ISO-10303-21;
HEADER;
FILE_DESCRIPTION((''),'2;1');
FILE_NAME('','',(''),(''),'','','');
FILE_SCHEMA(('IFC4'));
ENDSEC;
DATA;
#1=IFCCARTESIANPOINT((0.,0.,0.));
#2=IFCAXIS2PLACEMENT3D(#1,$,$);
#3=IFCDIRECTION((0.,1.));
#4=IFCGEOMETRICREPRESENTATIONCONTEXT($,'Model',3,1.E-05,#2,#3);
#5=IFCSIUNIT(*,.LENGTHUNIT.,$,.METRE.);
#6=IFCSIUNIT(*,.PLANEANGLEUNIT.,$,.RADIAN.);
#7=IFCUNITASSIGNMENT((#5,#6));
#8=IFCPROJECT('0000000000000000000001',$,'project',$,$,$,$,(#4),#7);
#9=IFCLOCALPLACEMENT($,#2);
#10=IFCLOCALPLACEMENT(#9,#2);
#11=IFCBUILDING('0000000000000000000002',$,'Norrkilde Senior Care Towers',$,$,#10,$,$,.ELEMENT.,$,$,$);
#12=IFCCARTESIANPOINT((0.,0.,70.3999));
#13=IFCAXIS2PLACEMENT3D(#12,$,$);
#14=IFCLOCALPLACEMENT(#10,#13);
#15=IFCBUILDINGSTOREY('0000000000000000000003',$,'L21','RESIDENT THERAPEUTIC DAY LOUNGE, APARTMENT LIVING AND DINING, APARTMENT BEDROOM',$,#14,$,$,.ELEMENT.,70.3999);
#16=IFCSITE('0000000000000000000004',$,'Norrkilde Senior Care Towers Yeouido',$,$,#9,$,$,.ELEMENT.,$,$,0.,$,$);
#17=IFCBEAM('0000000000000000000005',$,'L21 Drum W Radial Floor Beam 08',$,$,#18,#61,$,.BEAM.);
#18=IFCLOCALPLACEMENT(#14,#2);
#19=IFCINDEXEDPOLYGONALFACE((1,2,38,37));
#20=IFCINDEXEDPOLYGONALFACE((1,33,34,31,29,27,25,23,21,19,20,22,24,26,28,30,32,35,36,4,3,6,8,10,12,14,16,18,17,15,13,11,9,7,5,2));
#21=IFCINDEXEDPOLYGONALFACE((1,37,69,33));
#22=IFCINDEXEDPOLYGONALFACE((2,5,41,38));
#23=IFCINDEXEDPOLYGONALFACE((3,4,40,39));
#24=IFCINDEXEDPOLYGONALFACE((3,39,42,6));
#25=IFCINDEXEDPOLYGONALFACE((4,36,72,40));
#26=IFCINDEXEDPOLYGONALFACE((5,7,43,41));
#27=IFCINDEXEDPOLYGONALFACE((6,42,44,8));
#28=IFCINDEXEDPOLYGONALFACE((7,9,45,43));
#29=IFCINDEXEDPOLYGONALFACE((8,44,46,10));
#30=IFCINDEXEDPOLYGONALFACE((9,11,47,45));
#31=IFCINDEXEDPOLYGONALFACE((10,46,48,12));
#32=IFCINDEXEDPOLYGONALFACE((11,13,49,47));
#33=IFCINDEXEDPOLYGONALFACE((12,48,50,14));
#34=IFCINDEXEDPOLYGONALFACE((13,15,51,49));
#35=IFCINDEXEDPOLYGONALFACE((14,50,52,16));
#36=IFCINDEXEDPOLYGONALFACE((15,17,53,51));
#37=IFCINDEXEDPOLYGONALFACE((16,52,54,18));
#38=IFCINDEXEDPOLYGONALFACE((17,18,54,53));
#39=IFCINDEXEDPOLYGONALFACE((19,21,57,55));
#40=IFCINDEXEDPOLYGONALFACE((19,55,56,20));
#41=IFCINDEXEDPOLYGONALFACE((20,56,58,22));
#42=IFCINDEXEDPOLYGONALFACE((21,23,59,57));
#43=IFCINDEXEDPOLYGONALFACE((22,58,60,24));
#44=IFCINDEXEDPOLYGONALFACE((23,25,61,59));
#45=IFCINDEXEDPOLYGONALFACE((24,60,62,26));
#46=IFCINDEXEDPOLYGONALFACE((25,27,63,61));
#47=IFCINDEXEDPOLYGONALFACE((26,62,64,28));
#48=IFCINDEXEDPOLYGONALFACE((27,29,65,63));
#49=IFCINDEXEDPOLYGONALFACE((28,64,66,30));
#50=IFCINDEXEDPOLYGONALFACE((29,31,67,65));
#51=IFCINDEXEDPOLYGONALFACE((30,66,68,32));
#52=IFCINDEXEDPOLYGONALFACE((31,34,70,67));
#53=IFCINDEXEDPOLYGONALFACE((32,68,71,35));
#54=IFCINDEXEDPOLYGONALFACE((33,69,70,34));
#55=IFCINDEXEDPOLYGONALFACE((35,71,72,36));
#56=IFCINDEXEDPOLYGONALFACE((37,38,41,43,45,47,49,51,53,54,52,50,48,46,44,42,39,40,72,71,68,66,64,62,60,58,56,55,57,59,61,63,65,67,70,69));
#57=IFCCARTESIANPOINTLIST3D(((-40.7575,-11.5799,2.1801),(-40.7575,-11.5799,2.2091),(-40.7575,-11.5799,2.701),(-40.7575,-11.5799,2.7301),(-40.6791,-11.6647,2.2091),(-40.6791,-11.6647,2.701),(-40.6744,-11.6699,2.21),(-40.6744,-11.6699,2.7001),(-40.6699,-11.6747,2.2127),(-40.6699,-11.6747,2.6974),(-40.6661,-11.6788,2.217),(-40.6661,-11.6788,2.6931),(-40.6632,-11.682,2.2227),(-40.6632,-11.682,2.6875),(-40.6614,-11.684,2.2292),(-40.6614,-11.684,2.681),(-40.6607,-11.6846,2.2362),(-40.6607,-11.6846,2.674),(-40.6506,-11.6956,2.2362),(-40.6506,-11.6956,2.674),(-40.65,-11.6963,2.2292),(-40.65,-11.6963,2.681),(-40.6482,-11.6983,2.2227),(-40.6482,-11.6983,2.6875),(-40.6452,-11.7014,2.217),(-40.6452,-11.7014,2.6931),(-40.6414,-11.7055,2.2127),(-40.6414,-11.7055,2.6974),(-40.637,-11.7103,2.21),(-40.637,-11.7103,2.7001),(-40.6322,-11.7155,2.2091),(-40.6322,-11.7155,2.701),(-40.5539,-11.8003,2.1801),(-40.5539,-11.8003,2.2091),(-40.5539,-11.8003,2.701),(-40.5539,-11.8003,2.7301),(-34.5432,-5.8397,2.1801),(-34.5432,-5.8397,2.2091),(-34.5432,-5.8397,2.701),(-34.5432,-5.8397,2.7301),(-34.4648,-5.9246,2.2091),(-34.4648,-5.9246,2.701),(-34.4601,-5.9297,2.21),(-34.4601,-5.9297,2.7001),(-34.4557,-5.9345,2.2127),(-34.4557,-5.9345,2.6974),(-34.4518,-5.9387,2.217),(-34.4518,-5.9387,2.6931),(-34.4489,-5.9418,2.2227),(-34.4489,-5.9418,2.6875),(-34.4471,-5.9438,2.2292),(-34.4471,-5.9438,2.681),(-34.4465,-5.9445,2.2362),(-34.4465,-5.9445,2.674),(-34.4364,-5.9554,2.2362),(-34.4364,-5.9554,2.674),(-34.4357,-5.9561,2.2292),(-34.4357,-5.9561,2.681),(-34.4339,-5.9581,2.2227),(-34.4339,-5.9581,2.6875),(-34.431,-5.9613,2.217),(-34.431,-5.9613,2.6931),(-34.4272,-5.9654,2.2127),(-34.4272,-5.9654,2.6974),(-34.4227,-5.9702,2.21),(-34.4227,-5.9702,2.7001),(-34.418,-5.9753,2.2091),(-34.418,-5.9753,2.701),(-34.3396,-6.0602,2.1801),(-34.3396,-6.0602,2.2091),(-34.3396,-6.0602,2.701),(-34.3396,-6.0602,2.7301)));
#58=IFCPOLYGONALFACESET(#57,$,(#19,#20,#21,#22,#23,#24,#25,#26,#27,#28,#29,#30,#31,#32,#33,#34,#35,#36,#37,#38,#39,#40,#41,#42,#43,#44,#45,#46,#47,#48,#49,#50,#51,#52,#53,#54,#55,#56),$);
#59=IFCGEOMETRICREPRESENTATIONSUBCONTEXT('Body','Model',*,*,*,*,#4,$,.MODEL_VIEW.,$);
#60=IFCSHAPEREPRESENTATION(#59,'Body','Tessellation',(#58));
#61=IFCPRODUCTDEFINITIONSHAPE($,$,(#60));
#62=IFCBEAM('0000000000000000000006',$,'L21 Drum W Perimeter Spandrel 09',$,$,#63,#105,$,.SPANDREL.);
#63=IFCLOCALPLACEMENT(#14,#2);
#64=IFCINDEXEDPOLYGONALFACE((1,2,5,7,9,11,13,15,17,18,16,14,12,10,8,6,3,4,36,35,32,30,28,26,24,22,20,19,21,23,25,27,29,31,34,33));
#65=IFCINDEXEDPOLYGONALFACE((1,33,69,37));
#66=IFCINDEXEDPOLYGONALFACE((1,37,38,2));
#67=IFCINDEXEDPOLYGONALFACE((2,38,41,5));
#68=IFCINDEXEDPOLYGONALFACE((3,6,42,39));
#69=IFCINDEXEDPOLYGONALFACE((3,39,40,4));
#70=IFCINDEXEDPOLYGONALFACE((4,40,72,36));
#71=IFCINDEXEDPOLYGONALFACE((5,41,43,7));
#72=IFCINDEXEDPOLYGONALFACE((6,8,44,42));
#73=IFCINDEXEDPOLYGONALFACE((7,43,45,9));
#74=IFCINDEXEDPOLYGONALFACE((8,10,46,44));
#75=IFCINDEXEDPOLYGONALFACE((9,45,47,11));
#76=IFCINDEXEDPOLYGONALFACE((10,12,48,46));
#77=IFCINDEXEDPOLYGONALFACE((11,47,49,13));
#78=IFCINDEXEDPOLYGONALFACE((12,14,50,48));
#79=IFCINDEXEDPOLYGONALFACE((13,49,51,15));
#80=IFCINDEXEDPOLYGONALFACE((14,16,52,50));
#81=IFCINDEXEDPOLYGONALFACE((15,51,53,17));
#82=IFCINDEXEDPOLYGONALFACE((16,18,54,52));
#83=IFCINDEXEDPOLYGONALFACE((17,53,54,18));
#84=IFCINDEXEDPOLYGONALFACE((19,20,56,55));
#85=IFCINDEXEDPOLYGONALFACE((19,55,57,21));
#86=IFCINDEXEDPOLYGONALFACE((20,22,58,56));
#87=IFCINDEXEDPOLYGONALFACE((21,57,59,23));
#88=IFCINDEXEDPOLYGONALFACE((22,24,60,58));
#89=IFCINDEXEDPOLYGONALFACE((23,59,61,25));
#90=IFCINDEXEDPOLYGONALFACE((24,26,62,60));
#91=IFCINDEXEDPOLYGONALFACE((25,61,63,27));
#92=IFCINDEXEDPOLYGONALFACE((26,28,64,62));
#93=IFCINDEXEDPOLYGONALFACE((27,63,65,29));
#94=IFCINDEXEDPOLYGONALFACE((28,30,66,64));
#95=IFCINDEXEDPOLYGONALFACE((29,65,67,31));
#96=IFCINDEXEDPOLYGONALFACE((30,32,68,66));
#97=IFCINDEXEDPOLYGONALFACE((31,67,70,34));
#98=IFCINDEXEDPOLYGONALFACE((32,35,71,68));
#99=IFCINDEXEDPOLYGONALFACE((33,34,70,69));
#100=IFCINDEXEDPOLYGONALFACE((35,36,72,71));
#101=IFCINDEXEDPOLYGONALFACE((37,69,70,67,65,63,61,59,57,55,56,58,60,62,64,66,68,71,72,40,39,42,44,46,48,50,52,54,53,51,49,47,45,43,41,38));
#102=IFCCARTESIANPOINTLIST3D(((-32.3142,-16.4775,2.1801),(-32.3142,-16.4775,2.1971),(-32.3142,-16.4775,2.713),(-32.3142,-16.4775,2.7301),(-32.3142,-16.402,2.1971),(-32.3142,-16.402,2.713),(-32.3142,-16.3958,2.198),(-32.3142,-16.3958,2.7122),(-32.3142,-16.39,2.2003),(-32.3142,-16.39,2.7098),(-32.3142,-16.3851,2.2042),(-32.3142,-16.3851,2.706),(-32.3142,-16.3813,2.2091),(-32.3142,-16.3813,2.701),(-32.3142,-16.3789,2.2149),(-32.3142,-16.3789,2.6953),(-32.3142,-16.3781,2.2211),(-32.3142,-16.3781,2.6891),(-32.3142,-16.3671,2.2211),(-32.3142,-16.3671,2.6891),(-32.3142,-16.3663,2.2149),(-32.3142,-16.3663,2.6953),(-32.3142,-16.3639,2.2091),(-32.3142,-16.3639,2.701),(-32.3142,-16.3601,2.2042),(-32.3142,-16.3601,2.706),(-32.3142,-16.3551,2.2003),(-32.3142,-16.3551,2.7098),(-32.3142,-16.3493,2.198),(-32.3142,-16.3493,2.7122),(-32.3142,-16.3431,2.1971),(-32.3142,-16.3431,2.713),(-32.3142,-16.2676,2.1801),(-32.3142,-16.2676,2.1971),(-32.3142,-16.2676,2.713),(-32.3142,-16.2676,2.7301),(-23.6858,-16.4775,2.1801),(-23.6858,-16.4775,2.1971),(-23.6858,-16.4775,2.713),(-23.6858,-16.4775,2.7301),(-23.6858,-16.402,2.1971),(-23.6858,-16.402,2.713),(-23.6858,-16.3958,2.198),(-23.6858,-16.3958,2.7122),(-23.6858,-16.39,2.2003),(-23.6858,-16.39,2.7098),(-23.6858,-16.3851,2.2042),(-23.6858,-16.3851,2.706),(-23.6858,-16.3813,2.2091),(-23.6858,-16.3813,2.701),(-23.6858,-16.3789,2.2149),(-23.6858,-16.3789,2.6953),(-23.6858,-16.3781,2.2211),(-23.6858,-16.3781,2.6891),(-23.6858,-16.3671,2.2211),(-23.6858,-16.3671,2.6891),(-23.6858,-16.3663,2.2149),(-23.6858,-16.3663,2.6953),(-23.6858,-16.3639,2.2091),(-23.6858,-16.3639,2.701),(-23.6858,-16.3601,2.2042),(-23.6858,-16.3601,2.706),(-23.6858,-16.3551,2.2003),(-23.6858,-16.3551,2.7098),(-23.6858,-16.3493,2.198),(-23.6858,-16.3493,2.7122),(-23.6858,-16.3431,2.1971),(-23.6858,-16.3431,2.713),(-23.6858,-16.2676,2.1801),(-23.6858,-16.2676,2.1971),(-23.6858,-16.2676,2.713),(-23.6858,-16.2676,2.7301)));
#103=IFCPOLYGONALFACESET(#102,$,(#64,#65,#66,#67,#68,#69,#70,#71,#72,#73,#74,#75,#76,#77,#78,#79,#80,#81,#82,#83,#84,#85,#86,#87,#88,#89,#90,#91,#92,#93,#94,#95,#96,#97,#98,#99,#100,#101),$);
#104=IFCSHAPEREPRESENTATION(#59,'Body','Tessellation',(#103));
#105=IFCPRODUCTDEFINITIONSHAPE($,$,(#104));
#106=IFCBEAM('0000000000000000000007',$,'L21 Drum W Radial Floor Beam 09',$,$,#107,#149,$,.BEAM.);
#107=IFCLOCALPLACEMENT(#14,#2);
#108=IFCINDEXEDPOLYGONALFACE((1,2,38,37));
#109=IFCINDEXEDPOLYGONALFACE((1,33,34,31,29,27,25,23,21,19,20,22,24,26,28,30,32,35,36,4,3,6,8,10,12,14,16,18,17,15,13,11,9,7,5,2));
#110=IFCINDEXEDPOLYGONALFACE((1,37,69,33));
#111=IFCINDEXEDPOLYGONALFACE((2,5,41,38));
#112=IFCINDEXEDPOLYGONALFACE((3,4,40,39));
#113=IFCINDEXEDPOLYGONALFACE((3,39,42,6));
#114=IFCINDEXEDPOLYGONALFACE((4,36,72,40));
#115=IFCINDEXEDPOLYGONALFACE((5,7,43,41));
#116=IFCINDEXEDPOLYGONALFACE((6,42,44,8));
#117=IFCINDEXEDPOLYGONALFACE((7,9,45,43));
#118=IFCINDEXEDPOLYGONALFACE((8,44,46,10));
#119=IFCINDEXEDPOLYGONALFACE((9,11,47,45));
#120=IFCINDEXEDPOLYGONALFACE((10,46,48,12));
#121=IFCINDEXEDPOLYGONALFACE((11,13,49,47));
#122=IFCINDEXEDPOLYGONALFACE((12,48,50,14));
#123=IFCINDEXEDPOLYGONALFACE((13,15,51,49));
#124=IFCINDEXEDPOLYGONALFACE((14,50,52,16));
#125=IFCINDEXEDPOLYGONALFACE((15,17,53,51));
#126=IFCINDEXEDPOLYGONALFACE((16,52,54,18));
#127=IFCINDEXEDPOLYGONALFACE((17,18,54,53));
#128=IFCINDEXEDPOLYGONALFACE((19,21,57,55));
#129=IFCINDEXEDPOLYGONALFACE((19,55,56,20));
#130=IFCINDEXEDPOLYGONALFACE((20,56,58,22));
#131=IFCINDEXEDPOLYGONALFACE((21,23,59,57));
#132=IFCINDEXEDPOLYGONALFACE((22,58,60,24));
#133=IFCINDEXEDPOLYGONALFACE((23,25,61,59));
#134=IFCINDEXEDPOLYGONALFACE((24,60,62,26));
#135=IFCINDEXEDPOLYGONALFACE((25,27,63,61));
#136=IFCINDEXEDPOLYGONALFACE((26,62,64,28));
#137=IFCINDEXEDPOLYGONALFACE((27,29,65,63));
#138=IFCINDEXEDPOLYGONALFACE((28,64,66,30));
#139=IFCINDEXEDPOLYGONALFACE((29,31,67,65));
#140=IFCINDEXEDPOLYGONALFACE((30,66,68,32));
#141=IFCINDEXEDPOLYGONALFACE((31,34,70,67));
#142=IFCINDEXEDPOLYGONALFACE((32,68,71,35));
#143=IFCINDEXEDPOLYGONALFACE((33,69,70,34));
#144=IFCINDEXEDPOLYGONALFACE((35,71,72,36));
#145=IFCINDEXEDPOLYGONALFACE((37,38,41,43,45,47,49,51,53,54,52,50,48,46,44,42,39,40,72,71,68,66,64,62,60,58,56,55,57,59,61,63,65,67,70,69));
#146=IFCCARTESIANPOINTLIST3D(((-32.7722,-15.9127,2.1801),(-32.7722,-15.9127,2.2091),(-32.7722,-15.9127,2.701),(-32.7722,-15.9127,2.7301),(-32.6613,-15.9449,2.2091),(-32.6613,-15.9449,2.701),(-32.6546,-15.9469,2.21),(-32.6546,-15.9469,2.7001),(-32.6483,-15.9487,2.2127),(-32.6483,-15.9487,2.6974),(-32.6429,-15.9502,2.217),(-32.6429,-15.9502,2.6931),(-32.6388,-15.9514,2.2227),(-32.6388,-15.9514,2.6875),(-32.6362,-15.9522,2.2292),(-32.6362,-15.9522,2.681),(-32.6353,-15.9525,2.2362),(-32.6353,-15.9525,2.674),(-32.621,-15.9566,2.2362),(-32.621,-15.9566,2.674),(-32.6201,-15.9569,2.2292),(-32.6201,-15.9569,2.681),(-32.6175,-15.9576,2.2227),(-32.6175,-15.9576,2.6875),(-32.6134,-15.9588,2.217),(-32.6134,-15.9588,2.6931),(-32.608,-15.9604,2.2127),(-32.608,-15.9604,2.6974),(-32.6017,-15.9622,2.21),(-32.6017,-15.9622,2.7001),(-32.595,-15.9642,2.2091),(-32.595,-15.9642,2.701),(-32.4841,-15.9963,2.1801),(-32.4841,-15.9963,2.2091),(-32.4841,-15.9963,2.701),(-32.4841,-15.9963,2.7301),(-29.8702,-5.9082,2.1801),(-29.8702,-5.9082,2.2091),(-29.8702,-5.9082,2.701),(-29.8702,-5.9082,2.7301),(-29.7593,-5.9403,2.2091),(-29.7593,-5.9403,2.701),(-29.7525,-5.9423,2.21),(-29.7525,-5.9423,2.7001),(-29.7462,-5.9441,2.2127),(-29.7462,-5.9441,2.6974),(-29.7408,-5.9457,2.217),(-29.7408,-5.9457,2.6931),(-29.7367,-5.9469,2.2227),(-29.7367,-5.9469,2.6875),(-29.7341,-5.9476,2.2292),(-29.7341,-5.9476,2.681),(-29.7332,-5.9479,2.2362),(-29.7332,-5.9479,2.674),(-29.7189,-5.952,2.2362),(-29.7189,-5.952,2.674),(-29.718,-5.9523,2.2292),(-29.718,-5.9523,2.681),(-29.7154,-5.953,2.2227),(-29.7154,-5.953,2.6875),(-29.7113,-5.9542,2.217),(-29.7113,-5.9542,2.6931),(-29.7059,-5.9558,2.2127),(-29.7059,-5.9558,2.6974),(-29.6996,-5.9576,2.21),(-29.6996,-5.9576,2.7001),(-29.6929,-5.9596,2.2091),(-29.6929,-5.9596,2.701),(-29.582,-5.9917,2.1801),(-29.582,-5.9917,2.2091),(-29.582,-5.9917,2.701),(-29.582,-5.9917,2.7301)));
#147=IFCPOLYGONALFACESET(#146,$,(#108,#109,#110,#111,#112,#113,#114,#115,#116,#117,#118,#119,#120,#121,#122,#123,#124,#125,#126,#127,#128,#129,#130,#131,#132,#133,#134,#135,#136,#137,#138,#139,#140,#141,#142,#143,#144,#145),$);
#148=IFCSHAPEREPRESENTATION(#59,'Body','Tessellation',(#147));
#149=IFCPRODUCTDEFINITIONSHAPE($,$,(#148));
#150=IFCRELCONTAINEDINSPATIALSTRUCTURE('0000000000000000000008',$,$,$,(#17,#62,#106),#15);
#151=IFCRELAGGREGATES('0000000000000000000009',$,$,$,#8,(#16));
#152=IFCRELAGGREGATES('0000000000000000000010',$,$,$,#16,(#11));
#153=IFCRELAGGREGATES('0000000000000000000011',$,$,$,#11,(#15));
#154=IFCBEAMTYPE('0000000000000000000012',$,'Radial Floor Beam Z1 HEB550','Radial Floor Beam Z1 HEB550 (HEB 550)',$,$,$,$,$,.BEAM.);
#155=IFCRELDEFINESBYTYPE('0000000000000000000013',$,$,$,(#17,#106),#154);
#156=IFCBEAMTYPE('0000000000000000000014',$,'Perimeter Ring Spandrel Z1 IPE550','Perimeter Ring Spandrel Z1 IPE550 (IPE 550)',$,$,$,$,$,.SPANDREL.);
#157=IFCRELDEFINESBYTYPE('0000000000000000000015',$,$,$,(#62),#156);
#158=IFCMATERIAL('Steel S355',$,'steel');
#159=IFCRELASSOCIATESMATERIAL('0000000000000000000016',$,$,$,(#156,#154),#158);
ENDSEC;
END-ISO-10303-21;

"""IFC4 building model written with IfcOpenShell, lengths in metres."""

from ifc_helpers import new_model, si_unit, direction, frame, origin, origin_2d, place, context, subcontext, project, spatial, i_section, extrude, source, transform, mapped, material, material_profile, profile_set, type_object, type_shapes, element, save


model = new_model("IFC4")

# Units and contexts
model_context = context("Model", 3, precision=1e-05, world=origin(), true_north=direction((0.0, 1.0)))
body_context = subcontext(model_context, "Body", "Model", "MODEL_VIEW")
ifc_project = project(units=[si_unit("LENGTHUNIT", "METRE"), si_unit("PLANEANGLEUNIT", "RADIAN")], contexts=[model_context])

# Site, building, storey
site_placement = place(None, origin())
site = spatial("IfcSite", under=ifc_project, at=site_placement, Name="Norrkilde Senior Care Towers Yeouido", CompositionType="ELEMENT", RefElevation=0.0)
building_placement = place(site_placement, origin())
building = spatial("IfcBuilding", under=site, at=building_placement, Name="Norrkilde Senior Care Towers", CompositionType="ELEMENT")
storey_placement = place(building_placement, frame((0.0, 0.0, 70.3999)))
storey = spatial("IfcBuildingStorey", under=building, at=storey_placement, Name="L21", Description="RESIDENT THERAPEUTIC DAY LOUNGE, APARTMENT LIVING AND DINING, APARTMENT BEDROOM", CompositionType="ELEMENT", Elevation=70.3999)

# Beams
ifc_material_1 = material(Name="Steel S355", Category="steel")
ifc_material_profile_1 = material_profile(ifc_material_1, i_section(OverallWidth=0.21, OverallDepth=0.55, WebThickness=0.011, FlangeThickness=0.0171, FilletRadius=0.0239, at=origin_2d()), Name="IPE 550")
ifc_profile_set_1 = profile_set([ifc_material_profile_1], Name="Steel S355")
beam_type_1 = type_object("IfcBeamType", Name="Perimeter Ring Spandrel Z1 IPE550", Description="Perimeter Ring Spandrel Z1 IPE550 (IPE 550)", PredefinedType="SPANDREL", material=ifc_profile_set_1)
ifc_material_profile_2 = material_profile(ifc_material_1, i_section(OverallWidth=0.3, OverallDepth=0.55, WebThickness=0.0149, FlangeThickness=0.0291, FilletRadius=0.0271, at=origin_2d()), Name="HEB 550")
ifc_profile_set_2 = profile_set([ifc_material_profile_2], Name="Steel S355")
beam_type_2 = type_object("IfcBeamType", Name="Radial Floor Beam Z1 HEB550", Description="Radial Floor Beam Z1 HEB550 (HEB 550)", PredefinedType="BEAM", material=ifc_profile_set_2)
shared_shape_1 = source(origin(), body_context, "Body", "SweptSolid", [
    extrude(i_section(OverallWidth=0.3, OverallDepth=0.55, WebThickness=0.0149, FlangeThickness=0.0291, FilletRadius=0.0271, at=origin_2d()), origin(), (0.0, 0.0, 1.0), 8.4597),
])
beam_1_placement = place(storey_placement, frame((-34.4414, -5.95, 2.4551), z_axis=(-0.734573, -0.678529, 0.0), x_axis=(0.678529, -0.734573, 0.0)))
element("IfcBeam", 1, at=beam_1_placement, inside=storey, type_object=beam_type_2, Name="L21 Drum W Radial Floor Beam 08", PredefinedType="BEAM", context=body_context, shape_type="MappedRepresentation", body=[
    mapped(shared_shape_1, transform((0.0, 0.0, 0.0), x_axis=(1.0, 0.0, 0.0), y_axis=(0.0, 1.0, 0.0), z_axis=(0.0, 0.0, 1.0), scale=1.0)),
])
shared_shape_2 = source(origin(), body_context, "Body", "SweptSolid", [
    extrude(i_section(OverallWidth=0.21, OverallDepth=0.55, WebThickness=0.011, FlangeThickness=0.0171, FilletRadius=0.0239, at=origin_2d()), origin(), (0.0, 0.0, 1.0), 8.6284),
])
beam_2_placement = place(storey_placement, frame((-32.3142, -16.3726, 2.4551), z_axis=(1.0, 0.0, 0.0), x_axis=(0.0, 1.0, 0.0)))
element("IfcBeam", 2, at=beam_2_placement, inside=storey, type_object=beam_type_1, Name="L21 Drum W Perimeter Spandrel 09", PredefinedType="SPANDREL", context=body_context, shape_type="MappedRepresentation", body=[
    mapped(shared_shape_2, transform((0.0, 0.0, 0.0), x_axis=(1.0, 0.0, 0.0), y_axis=(0.0, 1.0, 0.0), z_axis=(0.0, 0.0, 1.0), scale=1.0)),
])
shared_shape_3 = source(origin(), body_context, "Body", "SweptSolid", [
    extrude(i_section(OverallWidth=0.3, OverallDepth=0.55, WebThickness=0.0149, FlangeThickness=0.0291, FilletRadius=0.0271, at=origin_2d()), origin(), (0.0, 0.0, 1.0), 10.417),
])
type_shapes(beam_type_2, [shared_shape_1, shared_shape_3])
beam_3_placement = place(storey_placement, frame((-29.7261, -5.95, 2.4551), z_axis=(-0.278591, -0.96041, 0.0), x_axis=(0.96041, -0.278591, 0.0)))
element("IfcBeam", 3, at=beam_3_placement, inside=storey, type_object=beam_type_2, Name="L21 Drum W Radial Floor Beam 09", PredefinedType="BEAM", context=body_context, shape_type="MappedRepresentation", body=[
    mapped(shared_shape_3, transform((0.0, 0.0, 0.0), x_axis=(1.0, 0.0, 0.0), y_axis=(0.0, 1.0, 0.0), z_axis=(0.0, 0.0, 1.0), scale=1.0)),
])

save(model, "model.ifc")
